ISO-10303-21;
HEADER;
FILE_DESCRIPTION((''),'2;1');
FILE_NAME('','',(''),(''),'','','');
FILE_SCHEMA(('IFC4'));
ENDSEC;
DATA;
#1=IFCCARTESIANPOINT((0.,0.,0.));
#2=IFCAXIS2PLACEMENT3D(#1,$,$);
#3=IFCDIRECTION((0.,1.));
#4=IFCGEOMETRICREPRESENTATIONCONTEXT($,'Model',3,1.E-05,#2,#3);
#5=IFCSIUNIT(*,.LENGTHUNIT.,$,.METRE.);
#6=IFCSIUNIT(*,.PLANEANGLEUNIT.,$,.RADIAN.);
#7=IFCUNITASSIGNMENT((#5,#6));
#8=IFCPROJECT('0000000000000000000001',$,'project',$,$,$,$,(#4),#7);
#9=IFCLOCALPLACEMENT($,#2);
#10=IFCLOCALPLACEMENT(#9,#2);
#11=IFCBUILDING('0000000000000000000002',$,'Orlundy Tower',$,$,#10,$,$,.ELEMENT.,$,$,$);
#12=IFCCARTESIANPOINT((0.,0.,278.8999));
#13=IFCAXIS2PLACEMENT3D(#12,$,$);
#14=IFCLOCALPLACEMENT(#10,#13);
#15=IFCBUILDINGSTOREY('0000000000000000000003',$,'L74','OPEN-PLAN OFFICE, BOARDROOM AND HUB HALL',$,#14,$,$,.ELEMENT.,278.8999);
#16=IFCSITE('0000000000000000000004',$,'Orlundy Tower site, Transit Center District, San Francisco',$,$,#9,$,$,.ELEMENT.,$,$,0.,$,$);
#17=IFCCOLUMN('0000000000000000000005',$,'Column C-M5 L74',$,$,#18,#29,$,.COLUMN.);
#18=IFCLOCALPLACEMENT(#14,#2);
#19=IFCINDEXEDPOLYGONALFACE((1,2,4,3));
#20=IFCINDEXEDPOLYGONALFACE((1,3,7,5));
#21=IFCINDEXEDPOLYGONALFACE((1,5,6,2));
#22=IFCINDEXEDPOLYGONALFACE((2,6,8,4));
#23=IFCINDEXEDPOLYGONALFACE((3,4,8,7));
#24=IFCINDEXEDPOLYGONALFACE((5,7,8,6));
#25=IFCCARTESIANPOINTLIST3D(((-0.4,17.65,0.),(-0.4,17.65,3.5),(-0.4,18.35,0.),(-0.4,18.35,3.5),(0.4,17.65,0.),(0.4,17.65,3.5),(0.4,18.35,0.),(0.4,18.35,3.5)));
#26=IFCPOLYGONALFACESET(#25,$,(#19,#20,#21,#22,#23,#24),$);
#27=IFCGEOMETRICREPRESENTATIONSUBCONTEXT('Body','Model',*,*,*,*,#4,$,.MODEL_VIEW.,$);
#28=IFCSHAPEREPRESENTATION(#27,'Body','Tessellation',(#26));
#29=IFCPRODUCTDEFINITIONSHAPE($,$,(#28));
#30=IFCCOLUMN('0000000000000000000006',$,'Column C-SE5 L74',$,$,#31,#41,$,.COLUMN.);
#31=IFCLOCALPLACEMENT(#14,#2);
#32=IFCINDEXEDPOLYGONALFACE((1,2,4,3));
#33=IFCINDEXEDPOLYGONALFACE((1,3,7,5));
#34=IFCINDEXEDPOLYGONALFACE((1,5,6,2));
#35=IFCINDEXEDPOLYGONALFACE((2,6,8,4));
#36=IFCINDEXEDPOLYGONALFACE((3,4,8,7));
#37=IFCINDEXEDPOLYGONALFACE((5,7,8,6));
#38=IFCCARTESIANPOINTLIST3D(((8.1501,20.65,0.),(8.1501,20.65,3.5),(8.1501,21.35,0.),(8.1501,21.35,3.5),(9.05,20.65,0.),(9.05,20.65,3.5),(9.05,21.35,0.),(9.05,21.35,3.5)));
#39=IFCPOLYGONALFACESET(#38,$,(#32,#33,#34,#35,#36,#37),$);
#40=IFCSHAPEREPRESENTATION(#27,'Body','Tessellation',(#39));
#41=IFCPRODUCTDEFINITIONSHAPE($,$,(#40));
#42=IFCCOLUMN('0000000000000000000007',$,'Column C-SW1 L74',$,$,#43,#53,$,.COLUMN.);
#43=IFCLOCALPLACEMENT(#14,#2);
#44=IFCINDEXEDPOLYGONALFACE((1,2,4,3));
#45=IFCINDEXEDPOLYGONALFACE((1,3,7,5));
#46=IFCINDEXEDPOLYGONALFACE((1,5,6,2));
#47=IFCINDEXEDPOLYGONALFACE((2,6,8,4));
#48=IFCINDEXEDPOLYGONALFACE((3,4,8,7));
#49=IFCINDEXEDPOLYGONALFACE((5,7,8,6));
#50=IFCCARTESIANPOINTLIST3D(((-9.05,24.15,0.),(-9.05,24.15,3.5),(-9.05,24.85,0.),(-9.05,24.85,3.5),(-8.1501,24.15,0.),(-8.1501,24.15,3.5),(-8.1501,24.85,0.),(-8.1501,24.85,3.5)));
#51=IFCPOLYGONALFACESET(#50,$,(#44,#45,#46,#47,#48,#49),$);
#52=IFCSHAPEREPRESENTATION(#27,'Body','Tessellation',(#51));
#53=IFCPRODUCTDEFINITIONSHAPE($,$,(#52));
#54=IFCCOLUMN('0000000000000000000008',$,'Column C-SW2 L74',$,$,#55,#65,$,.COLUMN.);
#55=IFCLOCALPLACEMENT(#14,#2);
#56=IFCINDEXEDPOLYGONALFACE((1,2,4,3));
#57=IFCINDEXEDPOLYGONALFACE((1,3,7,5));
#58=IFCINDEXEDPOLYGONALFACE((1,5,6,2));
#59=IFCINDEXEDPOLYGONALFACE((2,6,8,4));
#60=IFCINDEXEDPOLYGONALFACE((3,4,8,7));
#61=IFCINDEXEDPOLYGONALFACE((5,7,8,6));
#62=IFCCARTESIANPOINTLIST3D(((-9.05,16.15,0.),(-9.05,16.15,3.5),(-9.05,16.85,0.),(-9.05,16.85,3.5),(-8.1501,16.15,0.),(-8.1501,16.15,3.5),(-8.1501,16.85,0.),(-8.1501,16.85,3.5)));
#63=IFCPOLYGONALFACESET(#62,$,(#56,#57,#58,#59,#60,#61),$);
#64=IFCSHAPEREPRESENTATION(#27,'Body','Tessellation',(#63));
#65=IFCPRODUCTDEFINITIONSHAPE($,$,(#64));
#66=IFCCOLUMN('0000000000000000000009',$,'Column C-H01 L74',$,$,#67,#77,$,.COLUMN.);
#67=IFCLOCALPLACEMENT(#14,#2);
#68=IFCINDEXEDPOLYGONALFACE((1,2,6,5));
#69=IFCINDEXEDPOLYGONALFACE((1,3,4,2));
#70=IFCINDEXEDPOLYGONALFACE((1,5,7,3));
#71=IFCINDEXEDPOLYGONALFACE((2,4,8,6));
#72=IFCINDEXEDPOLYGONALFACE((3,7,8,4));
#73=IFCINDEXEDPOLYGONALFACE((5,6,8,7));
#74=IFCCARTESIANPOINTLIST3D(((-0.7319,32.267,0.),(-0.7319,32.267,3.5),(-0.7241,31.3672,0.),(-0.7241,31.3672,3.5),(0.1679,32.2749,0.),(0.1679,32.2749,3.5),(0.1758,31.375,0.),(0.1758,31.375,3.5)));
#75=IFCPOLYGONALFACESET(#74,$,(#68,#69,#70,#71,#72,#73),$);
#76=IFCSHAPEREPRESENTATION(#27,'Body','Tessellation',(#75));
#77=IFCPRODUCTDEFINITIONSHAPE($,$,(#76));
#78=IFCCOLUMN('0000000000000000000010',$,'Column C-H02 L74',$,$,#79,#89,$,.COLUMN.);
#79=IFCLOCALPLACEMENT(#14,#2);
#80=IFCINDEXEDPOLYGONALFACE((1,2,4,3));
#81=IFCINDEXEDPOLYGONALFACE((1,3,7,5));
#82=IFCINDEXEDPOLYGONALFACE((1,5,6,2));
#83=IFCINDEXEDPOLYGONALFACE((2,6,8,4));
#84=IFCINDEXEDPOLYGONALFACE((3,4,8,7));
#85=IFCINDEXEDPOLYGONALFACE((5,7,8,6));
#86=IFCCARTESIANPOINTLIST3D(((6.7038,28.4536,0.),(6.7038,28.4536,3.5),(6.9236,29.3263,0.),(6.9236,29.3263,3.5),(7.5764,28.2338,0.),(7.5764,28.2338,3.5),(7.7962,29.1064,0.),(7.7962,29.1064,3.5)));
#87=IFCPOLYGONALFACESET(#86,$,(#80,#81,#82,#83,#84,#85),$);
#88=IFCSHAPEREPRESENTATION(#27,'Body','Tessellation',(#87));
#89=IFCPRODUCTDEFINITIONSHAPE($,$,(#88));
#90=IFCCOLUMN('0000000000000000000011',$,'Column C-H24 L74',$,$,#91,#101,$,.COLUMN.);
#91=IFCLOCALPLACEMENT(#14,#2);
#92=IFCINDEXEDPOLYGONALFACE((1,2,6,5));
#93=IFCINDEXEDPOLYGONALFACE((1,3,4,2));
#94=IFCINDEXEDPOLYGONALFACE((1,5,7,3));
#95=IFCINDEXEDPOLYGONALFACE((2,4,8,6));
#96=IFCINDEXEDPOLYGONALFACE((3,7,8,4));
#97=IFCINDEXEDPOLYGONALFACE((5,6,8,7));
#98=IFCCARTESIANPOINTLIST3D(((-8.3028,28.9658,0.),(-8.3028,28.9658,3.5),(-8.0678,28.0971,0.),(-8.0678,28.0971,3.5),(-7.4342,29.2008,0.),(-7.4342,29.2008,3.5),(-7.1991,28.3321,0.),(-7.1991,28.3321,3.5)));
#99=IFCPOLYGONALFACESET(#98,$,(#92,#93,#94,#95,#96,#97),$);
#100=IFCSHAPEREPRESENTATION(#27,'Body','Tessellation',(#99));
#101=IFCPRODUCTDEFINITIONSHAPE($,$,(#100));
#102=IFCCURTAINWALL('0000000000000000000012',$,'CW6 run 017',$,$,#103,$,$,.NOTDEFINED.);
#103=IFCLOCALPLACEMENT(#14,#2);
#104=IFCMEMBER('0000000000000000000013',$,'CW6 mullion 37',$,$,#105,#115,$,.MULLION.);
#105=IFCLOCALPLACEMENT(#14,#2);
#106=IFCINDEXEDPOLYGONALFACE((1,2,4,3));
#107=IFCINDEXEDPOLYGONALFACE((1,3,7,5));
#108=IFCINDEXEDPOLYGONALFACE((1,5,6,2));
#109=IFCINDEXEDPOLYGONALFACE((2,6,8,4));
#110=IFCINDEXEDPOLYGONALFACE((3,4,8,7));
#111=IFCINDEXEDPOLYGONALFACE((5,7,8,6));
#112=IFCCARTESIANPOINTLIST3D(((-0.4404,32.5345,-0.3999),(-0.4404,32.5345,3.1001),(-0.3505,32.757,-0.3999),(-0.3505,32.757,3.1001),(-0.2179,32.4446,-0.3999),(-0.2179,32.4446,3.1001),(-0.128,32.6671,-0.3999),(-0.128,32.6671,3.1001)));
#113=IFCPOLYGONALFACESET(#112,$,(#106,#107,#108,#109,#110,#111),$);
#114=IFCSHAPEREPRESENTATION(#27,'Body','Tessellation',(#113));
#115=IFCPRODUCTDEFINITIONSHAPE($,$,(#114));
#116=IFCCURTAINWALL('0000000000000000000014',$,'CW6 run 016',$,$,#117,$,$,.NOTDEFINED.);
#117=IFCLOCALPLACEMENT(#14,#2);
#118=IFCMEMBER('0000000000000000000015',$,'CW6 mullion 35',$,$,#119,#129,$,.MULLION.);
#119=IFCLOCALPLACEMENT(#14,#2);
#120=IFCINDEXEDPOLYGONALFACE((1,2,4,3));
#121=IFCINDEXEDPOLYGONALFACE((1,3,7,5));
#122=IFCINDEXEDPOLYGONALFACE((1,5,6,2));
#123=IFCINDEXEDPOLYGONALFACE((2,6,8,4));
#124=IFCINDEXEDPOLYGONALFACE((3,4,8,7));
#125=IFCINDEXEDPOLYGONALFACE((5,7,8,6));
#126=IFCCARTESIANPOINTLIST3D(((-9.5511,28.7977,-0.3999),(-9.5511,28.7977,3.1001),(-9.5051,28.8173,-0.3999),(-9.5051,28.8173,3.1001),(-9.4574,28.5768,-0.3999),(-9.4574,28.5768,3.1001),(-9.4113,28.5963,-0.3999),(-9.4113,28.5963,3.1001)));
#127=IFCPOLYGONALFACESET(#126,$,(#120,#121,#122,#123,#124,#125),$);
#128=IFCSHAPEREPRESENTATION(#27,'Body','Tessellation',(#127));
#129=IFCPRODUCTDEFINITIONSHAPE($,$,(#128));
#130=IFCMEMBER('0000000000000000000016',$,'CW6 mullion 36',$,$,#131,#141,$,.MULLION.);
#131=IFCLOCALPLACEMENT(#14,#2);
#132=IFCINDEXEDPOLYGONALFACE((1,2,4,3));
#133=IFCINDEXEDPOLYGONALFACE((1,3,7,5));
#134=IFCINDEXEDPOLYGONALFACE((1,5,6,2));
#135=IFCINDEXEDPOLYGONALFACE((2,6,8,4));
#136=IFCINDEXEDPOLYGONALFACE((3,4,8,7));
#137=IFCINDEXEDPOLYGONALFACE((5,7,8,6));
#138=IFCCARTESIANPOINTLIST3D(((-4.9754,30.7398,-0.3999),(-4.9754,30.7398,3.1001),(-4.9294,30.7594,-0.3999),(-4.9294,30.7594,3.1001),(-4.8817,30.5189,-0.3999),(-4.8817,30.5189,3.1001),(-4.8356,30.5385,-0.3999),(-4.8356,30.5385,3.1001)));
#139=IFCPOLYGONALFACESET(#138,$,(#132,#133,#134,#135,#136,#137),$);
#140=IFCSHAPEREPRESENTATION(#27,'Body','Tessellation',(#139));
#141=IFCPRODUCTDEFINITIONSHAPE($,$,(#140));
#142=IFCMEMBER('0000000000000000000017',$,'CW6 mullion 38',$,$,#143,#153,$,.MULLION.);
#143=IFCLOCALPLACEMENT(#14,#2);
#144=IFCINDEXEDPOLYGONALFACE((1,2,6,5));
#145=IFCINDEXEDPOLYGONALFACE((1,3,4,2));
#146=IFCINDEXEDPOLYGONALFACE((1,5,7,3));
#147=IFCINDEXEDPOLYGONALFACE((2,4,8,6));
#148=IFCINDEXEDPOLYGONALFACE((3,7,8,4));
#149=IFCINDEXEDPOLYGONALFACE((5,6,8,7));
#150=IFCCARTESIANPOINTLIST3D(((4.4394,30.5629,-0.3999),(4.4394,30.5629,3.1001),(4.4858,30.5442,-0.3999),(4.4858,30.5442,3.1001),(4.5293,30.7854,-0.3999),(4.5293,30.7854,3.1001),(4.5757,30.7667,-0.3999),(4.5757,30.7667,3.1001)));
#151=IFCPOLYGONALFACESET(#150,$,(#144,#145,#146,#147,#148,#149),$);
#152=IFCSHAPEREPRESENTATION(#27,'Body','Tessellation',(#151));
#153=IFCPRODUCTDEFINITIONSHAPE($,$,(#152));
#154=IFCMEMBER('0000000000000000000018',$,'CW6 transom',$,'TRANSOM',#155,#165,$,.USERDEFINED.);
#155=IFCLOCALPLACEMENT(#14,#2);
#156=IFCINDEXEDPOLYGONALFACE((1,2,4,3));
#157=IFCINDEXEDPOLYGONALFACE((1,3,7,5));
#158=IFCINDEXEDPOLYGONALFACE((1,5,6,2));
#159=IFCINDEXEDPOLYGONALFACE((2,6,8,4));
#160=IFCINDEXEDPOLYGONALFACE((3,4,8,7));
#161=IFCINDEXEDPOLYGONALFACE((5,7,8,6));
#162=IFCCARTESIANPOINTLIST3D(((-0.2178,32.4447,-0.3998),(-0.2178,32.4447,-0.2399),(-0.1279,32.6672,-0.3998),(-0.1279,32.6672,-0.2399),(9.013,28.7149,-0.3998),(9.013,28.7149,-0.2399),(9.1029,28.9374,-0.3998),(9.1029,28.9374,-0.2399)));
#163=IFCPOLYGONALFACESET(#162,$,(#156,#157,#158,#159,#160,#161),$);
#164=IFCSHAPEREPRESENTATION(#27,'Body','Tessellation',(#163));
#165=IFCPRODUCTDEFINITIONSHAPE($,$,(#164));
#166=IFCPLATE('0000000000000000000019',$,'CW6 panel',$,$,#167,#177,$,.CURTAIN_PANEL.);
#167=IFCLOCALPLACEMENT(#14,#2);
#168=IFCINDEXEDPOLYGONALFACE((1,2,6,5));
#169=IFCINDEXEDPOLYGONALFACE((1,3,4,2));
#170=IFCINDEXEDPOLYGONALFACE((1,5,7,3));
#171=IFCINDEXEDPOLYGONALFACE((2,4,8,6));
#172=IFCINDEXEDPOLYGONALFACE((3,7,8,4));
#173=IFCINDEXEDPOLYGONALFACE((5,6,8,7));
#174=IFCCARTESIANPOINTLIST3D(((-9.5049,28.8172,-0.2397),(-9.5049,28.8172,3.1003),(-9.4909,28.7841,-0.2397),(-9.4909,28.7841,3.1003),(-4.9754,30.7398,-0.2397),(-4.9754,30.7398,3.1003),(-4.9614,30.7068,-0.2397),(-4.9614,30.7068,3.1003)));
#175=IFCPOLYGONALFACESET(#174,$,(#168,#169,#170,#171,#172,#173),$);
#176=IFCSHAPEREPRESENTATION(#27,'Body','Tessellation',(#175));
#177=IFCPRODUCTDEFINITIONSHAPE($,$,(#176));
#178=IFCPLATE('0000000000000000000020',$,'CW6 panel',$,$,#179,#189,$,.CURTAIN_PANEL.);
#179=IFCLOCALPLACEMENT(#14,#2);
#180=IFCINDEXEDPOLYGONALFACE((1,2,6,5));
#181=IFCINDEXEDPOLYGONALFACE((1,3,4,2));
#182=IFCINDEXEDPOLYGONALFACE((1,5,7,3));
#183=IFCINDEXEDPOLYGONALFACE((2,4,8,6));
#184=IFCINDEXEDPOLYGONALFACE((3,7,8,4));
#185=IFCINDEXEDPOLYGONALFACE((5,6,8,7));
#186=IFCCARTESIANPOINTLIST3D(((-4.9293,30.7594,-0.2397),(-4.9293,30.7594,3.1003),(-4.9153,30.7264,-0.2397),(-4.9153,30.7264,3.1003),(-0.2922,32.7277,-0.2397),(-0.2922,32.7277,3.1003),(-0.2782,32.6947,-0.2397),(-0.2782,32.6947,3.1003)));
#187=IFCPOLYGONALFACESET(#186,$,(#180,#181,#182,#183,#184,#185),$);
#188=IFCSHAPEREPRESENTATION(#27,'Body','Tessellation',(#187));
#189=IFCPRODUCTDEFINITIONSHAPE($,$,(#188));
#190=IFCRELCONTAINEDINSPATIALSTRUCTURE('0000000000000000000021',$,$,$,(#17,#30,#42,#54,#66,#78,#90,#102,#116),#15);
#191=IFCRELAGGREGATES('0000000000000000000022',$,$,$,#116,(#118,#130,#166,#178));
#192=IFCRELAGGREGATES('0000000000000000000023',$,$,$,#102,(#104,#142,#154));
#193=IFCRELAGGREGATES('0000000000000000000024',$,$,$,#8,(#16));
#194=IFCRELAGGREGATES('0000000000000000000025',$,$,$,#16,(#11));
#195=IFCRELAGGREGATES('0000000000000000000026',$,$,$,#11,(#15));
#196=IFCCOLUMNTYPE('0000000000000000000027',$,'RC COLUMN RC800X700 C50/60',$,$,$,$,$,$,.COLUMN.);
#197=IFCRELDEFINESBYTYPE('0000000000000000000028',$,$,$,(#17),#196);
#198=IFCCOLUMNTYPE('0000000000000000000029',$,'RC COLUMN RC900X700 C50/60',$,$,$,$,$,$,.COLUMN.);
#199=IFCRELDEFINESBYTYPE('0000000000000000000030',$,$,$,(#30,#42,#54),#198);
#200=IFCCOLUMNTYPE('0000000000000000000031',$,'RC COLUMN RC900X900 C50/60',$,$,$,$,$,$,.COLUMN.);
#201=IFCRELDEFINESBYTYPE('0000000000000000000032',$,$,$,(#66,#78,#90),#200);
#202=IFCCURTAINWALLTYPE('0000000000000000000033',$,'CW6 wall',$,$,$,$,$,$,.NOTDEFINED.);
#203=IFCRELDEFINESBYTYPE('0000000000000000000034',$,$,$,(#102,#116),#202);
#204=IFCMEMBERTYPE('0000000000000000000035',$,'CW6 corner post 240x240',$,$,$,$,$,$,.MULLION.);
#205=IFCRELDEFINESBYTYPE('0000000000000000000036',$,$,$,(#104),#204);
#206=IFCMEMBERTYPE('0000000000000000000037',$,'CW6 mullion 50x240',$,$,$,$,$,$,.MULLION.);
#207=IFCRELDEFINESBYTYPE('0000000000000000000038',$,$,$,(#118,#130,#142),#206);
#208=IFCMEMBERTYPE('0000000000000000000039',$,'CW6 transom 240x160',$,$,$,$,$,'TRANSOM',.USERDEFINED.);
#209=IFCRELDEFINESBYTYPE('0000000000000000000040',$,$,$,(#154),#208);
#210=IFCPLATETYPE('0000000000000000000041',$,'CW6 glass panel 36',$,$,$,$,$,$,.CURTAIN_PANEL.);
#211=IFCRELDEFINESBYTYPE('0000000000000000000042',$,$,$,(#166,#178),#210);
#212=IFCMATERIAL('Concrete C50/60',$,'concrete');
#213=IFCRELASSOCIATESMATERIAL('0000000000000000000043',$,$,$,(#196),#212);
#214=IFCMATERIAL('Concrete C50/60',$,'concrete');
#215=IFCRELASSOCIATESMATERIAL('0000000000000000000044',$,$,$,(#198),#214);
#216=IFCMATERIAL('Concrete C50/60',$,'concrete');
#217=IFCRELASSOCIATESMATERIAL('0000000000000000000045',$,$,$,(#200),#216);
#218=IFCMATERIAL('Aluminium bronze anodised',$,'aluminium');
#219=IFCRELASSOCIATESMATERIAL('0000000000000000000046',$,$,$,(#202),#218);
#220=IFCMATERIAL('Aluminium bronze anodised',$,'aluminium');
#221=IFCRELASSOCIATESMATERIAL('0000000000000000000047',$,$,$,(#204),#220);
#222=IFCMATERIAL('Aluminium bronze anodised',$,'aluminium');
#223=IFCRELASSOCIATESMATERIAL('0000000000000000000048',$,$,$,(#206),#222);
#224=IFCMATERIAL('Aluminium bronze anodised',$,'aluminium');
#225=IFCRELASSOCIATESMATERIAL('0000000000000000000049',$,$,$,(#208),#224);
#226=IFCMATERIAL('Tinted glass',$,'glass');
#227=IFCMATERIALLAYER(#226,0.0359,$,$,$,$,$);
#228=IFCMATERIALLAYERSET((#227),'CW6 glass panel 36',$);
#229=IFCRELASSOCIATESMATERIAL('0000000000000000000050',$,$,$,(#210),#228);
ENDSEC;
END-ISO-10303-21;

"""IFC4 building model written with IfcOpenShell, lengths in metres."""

from ifc_helpers import new_model, si_unit, direction, frame, origin, origin_2d, place, context, subcontext, project, spatial, rectangle, extrude, material, layer, layer_set, material_profile, profile_set, type_object, element, aggregate, save


model = new_model("IFC4")

# Units and contexts
model_context = context("Model", 3, precision=1e-05, world=origin(), true_north=direction((0.0, 1.0)))
body_context = subcontext(model_context, "Body", "Model", "MODEL_VIEW")
ifc_project = project(units=[si_unit("LENGTHUNIT", "METRE"), si_unit("PLANEANGLEUNIT", "RADIAN")], contexts=[model_context])

# Site, building, storey
site_placement = place(None, origin())
site = spatial("IfcSite", under=ifc_project, at=site_placement, Name="Orlundy Tower site, Transit Center District, San Francisco", CompositionType="ELEMENT", RefElevation=0.0)
building_placement = place(site_placement, origin())
building = spatial("IfcBuilding", under=site, at=building_placement, Name="Orlundy Tower", CompositionType="ELEMENT")
storey_placement = place(building_placement, frame((0.0, 0.0, 278.8999)))
storey = spatial("IfcBuildingStorey", under=building, at=storey_placement, Name="L74", Description="OPEN-PLAN OFFICE, BOARDROOM AND HUB HALL", CompositionType="ELEMENT", Elevation=278.8999)

# Columns
ifc_material_1 = material(Name="Concrete C50/60", Category="concrete")
ifc_material_profile_1 = material_profile(ifc_material_1, rectangle(XDim=0.8, YDim=0.7, at=origin_2d()), Name="RC800X700")
ifc_profile_set_1 = profile_set([ifc_material_profile_1], Name="Concrete C50/60")
column_type_1 = type_object("IfcColumnType", Name="RC COLUMN RC800X700 C50/60", PredefinedType="COLUMN", material=ifc_profile_set_1)
column_placement = place(storey_placement, frame((0.0, 18.0, 0.0), z_axis=(0.0, 0.0, 1.0), x_axis=(1.0, 0.0, 0.0)))
element("IfcColumn", 1, at=column_placement, inside=storey, type_object=column_type_1, Name="Column C-M5 L74", PredefinedType="COLUMN", context=body_context, shape_type="SweptSolid", body=[
    extrude(rectangle(XDim=0.8, YDim=0.7, at=origin_2d()), origin(), (0.0, 0.0, 1.0), 3.5),
])
ifc_material_2 = material(Name="Concrete C50/60", Category="concrete")
ifc_material_profile_2 = material_profile(ifc_material_2, rectangle(XDim=0.8999, YDim=0.7, at=origin_2d()), Name="RC900X700")
ifc_profile_set_2 = profile_set([ifc_material_profile_2], Name="Concrete C50/60")
column_type_2 = type_object("IfcColumnType", Name="RC COLUMN RC900X700 C50/60", PredefinedType="COLUMN", material=ifc_profile_set_2)
for number, where, z_axis, x_axis, name in (
    (2, (8.6001, 21.0, 0.0), (0.0, 0.0, 1.0), (1.0, 0.0, 0.0), "Column C-SE5 L74"),
    (3, (-8.6001, 24.5, 0.0), (0.0, 0.0, 1.0), (1.0, 0.0, 0.0), "Column C-SW1 L74"),
    (4, (-8.6001, 16.5, 0.0), (0.0, 0.0, 1.0), (1.0, 0.0, 0.0), "Column C-SW2 L74"),
):
    element("IfcColumn", number, at=place(storey_placement, frame(where, z_axis=z_axis, x_axis=x_axis)), inside=storey, type_object=column_type_2, Name=name, PredefinedType="COLUMN", context=body_context, shape_type="SweptSolid", body=[
        extrude(rectangle(XDim=0.8999, YDim=0.7, at=origin_2d()), origin(), (0.0, 0.0, 1.0), 3.5),
    ])
ifc_material_3 = material(Name="Concrete C50/60", Category="concrete")
ifc_material_profile_3 = material_profile(ifc_material_3, rectangle(XDim=0.8999, YDim=0.8999, at=origin_2d()), Name="RC900X900")
ifc_profile_set_3 = profile_set([ifc_material_profile_3], Name="Concrete C50/60")
column_type_3 = type_object("IfcColumnType", Name="RC COLUMN RC900X900 C50/60", PredefinedType="COLUMN", material=ifc_profile_set_3)
for number, where, z_axis, x_axis, name in (
    (5, (-0.2781, 31.821, 0.0), (0.0, 0.0, 1.0), (-0.008744, 0.999962, 0.0), "Column C-H01 L74"),
    (6, (7.25, 28.78, 0.0), (0.0, 0.0, 1.0), (0.244275, 0.969706, 0.0), "Column C-H02 L74"),
    (7, (-7.751, 28.6489, 0.0), (0.0, 0.0, 1.0), (-0.261162, 0.965295, 0.0), "Column C-H24 L74"),
):
    element("IfcColumn", number, at=place(storey_placement, frame(where, z_axis=z_axis, x_axis=x_axis)), inside=storey, type_object=column_type_3, Name=name, PredefinedType="COLUMN", context=body_context, shape_type="SweptSolid", body=[
        extrude(rectangle(XDim=0.8999, YDim=0.8999, at=origin_2d()), origin(), (0.0, 0.0, 1.0), 3.5),
    ])

# Curtain wall, member
ifc_material_4 = material(Name="Aluminium bronze anodised", Category="aluminium")
curtain_wall_type = type_object("IfcCurtainWallType", Name="CW6 wall", PredefinedType="NOTDEFINED", material=ifc_material_4)
curtain_wall_1_placement = place(storey_placement, origin())
curtain_wall_1 = element("IfcCurtainWall", 8, at=curtain_wall_1_placement, inside=storey, type_object=curtain_wall_type, Name="CW6 run 017", PredefinedType="NOTDEFINED")
ifc_material_5 = material(Name="Aluminium bronze anodised", Category="aluminium")
ifc_material_profile_4 = material_profile(ifc_material_5, rectangle(XDim=0.24, YDim=0.24, at=origin_2d()), Name="CW6 corner post 240x240")
ifc_profile_set_4 = profile_set([ifc_material_profile_4], Name="Aluminium bronze anodised")
member_type_1 = type_object("IfcMemberType", Name="CW6 corner post 240x240", PredefinedType="MULLION", material=ifc_profile_set_4)
member_1_placement = place(storey_placement, frame((-0.2842, 32.6008, -0.3999), z_axis=(0.0, 0.0, 1.0), x_axis=(0.374639, 0.927171, 0.0)))
member_1 = element("IfcMember", 9, at=member_1_placement, type_object=member_type_1, Name="CW6 mullion 37", PredefinedType="MULLION", context=body_context, shape_type="SweptSolid", body=[
    extrude(rectangle(XDim=0.24, YDim=0.24, at=origin_2d()), origin(), (0.0, 0.0, 1.0), 3.5),
])

# Curtain wall, members
curtain_wall_2_placement = place(storey_placement, origin())
curtain_wall_2 = element("IfcCurtainWall", 10, at=curtain_wall_2_placement, inside=storey, type_object=curtain_wall_type, Name="CW6 run 016", PredefinedType="NOTDEFINED")
ifc_material_6 = material(Name="Aluminium bronze anodised", Category="aluminium")
ifc_material_profile_5 = material_profile(ifc_material_6, rectangle(XDim=0.24, YDim=0.05, at=origin_2d()), Name="CW6 mullion 50x240")
ifc_profile_set_5 = profile_set([ifc_material_profile_5], Name="Aluminium bronze anodised")
member_type_2 = type_object("IfcMemberType", Name="CW6 mullion 50x240", PredefinedType="MULLION", material=ifc_profile_set_5)
member_2_placement = place(storey_placement, frame((-9.4812, 28.697, -0.3999), z_axis=(0.0, 0.0, 1.0), x_axis=(-0.390727, 0.920507, 0.0)))
member_2 = element("IfcMember", 11, at=member_2_placement, type_object=member_type_2, Name="CW6 mullion 35", PredefinedType="MULLION", context=body_context, shape_type="SweptSolid", body=[
    extrude(rectangle(XDim=0.24, YDim=0.05, at=origin_2d()), origin(), (0.0, 0.0, 1.0), 3.5),
])
member_3_placement = place(storey_placement, frame((-4.9055, 30.6392, -0.3999), z_axis=(0.0, 0.0, 1.0), x_axis=(-0.390727, 0.920507, 0.0)))
member_3 = element("IfcMember", 12, at=member_3_placement, type_object=member_type_2, Name="CW6 mullion 36", PredefinedType="MULLION", context=body_context, shape_type="SweptSolid", body=[
    extrude(rectangle(XDim=0.24, YDim=0.05, at=origin_2d()), origin(), (0.0, 0.0, 1.0), 3.5),
])

# Members
member_4_placement = place(storey_placement, frame((4.5076, 30.6648, -0.3999), z_axis=(0.0, 0.0, 1.0), x_axis=(0.374639, 0.927171, 0.0)))
member_4 = element("IfcMember", 13, at=member_4_placement, type_object=member_type_2, Name="CW6 mullion 38", PredefinedType="MULLION", context=body_context, shape_type="SweptSolid", body=[
    extrude(rectangle(XDim=0.24, YDim=0.05, at=origin_2d()), origin(), (0.0, 0.0, 1.0), 3.5),
])
ifc_material_7 = material(Name="Aluminium bronze anodised", Category="aluminium")
ifc_material_profile_6 = material_profile(ifc_material_7, rectangle(XDim=0.24, YDim=0.1599, at=origin_2d()), Name="CW6 transom 240x160")
ifc_profile_set_6 = profile_set([ifc_material_profile_6], Name="Aluminium bronze anodised")
member_type_3 = type_object("IfcMemberType", Name="CW6 transom 240x160", ElementType="TRANSOM", PredefinedType="USERDEFINED", material=ifc_profile_set_6)
member_5_placement = place(storey_placement, frame((-0.1729, 32.5559, -0.3198), z_axis=(0.927174, -0.374631, 0.0), x_axis=(0.374631, 0.927174, 0.0)))
member_5 = element("IfcMember", 14, at=member_5_placement, type_object=member_type_3, Name="CW6 transom", ObjectType="TRANSOM", PredefinedType="USERDEFINED", context=body_context, shape_type="SweptSolid", body=[
    extrude(rectangle(XDim=0.24, YDim=0.1599, at=origin_2d()), origin(), (0.0, 0.0, 1.0), 9.9558),
])

# Plates
ifc_material_8 = material(Name="Tinted glass", Category="glass")
ifc_layer_1 = layer(ifc_material_8, 0.0359)
ifc_layer_set_1 = layer_set([ifc_layer_1], Name="CW6 glass panel 36")
plate_type = type_object("IfcPlateType", Name="CW6 glass panel 36", PredefinedType="CURTAIN_PANEL", material=ifc_layer_set_1)
plate_1_placement = place(storey_placement, frame((-7.2332, 29.762, -0.2397), z_axis=(0.0, 0.0, 1.0), x_axis=(0.920507, 0.390727, 0.0)))
plate_1 = element("IfcPlate", 15, at=plate_1_placement, type_object=plate_type, Name="CW6 panel", PredefinedType="CURTAIN_PANEL", context=body_context, shape_type="SweptSolid", body=[
    extrude(rectangle(XDim=4.9207, YDim=0.0359, at=origin_2d()), origin(), (0.0, 0.0, 1.0), 3.3401),
])
plate_2_placement = place(storey_placement, frame((-2.6038, 31.7271, -0.2397), z_axis=(0.0, 0.0, 1.0), x_axis=(0.920507, 0.390727, 0.0)))
plate_2 = element("IfcPlate", 16, at=plate_2_placement, type_object=plate_type, Name="CW6 panel", PredefinedType="CURTAIN_PANEL", context=body_context, shape_type="SweptSolid", body=[
    extrude(rectangle(XDim=5.0376, YDim=0.0359, at=origin_2d()), origin(), (0.0, 0.0, 1.0), 3.3401),
])
aggregate(curtain_wall_2, [member_2, member_3, plate_1, plate_2])
aggregate(curtain_wall_1, [member_1, member_4, member_5])

save(model, "model.ifc")
